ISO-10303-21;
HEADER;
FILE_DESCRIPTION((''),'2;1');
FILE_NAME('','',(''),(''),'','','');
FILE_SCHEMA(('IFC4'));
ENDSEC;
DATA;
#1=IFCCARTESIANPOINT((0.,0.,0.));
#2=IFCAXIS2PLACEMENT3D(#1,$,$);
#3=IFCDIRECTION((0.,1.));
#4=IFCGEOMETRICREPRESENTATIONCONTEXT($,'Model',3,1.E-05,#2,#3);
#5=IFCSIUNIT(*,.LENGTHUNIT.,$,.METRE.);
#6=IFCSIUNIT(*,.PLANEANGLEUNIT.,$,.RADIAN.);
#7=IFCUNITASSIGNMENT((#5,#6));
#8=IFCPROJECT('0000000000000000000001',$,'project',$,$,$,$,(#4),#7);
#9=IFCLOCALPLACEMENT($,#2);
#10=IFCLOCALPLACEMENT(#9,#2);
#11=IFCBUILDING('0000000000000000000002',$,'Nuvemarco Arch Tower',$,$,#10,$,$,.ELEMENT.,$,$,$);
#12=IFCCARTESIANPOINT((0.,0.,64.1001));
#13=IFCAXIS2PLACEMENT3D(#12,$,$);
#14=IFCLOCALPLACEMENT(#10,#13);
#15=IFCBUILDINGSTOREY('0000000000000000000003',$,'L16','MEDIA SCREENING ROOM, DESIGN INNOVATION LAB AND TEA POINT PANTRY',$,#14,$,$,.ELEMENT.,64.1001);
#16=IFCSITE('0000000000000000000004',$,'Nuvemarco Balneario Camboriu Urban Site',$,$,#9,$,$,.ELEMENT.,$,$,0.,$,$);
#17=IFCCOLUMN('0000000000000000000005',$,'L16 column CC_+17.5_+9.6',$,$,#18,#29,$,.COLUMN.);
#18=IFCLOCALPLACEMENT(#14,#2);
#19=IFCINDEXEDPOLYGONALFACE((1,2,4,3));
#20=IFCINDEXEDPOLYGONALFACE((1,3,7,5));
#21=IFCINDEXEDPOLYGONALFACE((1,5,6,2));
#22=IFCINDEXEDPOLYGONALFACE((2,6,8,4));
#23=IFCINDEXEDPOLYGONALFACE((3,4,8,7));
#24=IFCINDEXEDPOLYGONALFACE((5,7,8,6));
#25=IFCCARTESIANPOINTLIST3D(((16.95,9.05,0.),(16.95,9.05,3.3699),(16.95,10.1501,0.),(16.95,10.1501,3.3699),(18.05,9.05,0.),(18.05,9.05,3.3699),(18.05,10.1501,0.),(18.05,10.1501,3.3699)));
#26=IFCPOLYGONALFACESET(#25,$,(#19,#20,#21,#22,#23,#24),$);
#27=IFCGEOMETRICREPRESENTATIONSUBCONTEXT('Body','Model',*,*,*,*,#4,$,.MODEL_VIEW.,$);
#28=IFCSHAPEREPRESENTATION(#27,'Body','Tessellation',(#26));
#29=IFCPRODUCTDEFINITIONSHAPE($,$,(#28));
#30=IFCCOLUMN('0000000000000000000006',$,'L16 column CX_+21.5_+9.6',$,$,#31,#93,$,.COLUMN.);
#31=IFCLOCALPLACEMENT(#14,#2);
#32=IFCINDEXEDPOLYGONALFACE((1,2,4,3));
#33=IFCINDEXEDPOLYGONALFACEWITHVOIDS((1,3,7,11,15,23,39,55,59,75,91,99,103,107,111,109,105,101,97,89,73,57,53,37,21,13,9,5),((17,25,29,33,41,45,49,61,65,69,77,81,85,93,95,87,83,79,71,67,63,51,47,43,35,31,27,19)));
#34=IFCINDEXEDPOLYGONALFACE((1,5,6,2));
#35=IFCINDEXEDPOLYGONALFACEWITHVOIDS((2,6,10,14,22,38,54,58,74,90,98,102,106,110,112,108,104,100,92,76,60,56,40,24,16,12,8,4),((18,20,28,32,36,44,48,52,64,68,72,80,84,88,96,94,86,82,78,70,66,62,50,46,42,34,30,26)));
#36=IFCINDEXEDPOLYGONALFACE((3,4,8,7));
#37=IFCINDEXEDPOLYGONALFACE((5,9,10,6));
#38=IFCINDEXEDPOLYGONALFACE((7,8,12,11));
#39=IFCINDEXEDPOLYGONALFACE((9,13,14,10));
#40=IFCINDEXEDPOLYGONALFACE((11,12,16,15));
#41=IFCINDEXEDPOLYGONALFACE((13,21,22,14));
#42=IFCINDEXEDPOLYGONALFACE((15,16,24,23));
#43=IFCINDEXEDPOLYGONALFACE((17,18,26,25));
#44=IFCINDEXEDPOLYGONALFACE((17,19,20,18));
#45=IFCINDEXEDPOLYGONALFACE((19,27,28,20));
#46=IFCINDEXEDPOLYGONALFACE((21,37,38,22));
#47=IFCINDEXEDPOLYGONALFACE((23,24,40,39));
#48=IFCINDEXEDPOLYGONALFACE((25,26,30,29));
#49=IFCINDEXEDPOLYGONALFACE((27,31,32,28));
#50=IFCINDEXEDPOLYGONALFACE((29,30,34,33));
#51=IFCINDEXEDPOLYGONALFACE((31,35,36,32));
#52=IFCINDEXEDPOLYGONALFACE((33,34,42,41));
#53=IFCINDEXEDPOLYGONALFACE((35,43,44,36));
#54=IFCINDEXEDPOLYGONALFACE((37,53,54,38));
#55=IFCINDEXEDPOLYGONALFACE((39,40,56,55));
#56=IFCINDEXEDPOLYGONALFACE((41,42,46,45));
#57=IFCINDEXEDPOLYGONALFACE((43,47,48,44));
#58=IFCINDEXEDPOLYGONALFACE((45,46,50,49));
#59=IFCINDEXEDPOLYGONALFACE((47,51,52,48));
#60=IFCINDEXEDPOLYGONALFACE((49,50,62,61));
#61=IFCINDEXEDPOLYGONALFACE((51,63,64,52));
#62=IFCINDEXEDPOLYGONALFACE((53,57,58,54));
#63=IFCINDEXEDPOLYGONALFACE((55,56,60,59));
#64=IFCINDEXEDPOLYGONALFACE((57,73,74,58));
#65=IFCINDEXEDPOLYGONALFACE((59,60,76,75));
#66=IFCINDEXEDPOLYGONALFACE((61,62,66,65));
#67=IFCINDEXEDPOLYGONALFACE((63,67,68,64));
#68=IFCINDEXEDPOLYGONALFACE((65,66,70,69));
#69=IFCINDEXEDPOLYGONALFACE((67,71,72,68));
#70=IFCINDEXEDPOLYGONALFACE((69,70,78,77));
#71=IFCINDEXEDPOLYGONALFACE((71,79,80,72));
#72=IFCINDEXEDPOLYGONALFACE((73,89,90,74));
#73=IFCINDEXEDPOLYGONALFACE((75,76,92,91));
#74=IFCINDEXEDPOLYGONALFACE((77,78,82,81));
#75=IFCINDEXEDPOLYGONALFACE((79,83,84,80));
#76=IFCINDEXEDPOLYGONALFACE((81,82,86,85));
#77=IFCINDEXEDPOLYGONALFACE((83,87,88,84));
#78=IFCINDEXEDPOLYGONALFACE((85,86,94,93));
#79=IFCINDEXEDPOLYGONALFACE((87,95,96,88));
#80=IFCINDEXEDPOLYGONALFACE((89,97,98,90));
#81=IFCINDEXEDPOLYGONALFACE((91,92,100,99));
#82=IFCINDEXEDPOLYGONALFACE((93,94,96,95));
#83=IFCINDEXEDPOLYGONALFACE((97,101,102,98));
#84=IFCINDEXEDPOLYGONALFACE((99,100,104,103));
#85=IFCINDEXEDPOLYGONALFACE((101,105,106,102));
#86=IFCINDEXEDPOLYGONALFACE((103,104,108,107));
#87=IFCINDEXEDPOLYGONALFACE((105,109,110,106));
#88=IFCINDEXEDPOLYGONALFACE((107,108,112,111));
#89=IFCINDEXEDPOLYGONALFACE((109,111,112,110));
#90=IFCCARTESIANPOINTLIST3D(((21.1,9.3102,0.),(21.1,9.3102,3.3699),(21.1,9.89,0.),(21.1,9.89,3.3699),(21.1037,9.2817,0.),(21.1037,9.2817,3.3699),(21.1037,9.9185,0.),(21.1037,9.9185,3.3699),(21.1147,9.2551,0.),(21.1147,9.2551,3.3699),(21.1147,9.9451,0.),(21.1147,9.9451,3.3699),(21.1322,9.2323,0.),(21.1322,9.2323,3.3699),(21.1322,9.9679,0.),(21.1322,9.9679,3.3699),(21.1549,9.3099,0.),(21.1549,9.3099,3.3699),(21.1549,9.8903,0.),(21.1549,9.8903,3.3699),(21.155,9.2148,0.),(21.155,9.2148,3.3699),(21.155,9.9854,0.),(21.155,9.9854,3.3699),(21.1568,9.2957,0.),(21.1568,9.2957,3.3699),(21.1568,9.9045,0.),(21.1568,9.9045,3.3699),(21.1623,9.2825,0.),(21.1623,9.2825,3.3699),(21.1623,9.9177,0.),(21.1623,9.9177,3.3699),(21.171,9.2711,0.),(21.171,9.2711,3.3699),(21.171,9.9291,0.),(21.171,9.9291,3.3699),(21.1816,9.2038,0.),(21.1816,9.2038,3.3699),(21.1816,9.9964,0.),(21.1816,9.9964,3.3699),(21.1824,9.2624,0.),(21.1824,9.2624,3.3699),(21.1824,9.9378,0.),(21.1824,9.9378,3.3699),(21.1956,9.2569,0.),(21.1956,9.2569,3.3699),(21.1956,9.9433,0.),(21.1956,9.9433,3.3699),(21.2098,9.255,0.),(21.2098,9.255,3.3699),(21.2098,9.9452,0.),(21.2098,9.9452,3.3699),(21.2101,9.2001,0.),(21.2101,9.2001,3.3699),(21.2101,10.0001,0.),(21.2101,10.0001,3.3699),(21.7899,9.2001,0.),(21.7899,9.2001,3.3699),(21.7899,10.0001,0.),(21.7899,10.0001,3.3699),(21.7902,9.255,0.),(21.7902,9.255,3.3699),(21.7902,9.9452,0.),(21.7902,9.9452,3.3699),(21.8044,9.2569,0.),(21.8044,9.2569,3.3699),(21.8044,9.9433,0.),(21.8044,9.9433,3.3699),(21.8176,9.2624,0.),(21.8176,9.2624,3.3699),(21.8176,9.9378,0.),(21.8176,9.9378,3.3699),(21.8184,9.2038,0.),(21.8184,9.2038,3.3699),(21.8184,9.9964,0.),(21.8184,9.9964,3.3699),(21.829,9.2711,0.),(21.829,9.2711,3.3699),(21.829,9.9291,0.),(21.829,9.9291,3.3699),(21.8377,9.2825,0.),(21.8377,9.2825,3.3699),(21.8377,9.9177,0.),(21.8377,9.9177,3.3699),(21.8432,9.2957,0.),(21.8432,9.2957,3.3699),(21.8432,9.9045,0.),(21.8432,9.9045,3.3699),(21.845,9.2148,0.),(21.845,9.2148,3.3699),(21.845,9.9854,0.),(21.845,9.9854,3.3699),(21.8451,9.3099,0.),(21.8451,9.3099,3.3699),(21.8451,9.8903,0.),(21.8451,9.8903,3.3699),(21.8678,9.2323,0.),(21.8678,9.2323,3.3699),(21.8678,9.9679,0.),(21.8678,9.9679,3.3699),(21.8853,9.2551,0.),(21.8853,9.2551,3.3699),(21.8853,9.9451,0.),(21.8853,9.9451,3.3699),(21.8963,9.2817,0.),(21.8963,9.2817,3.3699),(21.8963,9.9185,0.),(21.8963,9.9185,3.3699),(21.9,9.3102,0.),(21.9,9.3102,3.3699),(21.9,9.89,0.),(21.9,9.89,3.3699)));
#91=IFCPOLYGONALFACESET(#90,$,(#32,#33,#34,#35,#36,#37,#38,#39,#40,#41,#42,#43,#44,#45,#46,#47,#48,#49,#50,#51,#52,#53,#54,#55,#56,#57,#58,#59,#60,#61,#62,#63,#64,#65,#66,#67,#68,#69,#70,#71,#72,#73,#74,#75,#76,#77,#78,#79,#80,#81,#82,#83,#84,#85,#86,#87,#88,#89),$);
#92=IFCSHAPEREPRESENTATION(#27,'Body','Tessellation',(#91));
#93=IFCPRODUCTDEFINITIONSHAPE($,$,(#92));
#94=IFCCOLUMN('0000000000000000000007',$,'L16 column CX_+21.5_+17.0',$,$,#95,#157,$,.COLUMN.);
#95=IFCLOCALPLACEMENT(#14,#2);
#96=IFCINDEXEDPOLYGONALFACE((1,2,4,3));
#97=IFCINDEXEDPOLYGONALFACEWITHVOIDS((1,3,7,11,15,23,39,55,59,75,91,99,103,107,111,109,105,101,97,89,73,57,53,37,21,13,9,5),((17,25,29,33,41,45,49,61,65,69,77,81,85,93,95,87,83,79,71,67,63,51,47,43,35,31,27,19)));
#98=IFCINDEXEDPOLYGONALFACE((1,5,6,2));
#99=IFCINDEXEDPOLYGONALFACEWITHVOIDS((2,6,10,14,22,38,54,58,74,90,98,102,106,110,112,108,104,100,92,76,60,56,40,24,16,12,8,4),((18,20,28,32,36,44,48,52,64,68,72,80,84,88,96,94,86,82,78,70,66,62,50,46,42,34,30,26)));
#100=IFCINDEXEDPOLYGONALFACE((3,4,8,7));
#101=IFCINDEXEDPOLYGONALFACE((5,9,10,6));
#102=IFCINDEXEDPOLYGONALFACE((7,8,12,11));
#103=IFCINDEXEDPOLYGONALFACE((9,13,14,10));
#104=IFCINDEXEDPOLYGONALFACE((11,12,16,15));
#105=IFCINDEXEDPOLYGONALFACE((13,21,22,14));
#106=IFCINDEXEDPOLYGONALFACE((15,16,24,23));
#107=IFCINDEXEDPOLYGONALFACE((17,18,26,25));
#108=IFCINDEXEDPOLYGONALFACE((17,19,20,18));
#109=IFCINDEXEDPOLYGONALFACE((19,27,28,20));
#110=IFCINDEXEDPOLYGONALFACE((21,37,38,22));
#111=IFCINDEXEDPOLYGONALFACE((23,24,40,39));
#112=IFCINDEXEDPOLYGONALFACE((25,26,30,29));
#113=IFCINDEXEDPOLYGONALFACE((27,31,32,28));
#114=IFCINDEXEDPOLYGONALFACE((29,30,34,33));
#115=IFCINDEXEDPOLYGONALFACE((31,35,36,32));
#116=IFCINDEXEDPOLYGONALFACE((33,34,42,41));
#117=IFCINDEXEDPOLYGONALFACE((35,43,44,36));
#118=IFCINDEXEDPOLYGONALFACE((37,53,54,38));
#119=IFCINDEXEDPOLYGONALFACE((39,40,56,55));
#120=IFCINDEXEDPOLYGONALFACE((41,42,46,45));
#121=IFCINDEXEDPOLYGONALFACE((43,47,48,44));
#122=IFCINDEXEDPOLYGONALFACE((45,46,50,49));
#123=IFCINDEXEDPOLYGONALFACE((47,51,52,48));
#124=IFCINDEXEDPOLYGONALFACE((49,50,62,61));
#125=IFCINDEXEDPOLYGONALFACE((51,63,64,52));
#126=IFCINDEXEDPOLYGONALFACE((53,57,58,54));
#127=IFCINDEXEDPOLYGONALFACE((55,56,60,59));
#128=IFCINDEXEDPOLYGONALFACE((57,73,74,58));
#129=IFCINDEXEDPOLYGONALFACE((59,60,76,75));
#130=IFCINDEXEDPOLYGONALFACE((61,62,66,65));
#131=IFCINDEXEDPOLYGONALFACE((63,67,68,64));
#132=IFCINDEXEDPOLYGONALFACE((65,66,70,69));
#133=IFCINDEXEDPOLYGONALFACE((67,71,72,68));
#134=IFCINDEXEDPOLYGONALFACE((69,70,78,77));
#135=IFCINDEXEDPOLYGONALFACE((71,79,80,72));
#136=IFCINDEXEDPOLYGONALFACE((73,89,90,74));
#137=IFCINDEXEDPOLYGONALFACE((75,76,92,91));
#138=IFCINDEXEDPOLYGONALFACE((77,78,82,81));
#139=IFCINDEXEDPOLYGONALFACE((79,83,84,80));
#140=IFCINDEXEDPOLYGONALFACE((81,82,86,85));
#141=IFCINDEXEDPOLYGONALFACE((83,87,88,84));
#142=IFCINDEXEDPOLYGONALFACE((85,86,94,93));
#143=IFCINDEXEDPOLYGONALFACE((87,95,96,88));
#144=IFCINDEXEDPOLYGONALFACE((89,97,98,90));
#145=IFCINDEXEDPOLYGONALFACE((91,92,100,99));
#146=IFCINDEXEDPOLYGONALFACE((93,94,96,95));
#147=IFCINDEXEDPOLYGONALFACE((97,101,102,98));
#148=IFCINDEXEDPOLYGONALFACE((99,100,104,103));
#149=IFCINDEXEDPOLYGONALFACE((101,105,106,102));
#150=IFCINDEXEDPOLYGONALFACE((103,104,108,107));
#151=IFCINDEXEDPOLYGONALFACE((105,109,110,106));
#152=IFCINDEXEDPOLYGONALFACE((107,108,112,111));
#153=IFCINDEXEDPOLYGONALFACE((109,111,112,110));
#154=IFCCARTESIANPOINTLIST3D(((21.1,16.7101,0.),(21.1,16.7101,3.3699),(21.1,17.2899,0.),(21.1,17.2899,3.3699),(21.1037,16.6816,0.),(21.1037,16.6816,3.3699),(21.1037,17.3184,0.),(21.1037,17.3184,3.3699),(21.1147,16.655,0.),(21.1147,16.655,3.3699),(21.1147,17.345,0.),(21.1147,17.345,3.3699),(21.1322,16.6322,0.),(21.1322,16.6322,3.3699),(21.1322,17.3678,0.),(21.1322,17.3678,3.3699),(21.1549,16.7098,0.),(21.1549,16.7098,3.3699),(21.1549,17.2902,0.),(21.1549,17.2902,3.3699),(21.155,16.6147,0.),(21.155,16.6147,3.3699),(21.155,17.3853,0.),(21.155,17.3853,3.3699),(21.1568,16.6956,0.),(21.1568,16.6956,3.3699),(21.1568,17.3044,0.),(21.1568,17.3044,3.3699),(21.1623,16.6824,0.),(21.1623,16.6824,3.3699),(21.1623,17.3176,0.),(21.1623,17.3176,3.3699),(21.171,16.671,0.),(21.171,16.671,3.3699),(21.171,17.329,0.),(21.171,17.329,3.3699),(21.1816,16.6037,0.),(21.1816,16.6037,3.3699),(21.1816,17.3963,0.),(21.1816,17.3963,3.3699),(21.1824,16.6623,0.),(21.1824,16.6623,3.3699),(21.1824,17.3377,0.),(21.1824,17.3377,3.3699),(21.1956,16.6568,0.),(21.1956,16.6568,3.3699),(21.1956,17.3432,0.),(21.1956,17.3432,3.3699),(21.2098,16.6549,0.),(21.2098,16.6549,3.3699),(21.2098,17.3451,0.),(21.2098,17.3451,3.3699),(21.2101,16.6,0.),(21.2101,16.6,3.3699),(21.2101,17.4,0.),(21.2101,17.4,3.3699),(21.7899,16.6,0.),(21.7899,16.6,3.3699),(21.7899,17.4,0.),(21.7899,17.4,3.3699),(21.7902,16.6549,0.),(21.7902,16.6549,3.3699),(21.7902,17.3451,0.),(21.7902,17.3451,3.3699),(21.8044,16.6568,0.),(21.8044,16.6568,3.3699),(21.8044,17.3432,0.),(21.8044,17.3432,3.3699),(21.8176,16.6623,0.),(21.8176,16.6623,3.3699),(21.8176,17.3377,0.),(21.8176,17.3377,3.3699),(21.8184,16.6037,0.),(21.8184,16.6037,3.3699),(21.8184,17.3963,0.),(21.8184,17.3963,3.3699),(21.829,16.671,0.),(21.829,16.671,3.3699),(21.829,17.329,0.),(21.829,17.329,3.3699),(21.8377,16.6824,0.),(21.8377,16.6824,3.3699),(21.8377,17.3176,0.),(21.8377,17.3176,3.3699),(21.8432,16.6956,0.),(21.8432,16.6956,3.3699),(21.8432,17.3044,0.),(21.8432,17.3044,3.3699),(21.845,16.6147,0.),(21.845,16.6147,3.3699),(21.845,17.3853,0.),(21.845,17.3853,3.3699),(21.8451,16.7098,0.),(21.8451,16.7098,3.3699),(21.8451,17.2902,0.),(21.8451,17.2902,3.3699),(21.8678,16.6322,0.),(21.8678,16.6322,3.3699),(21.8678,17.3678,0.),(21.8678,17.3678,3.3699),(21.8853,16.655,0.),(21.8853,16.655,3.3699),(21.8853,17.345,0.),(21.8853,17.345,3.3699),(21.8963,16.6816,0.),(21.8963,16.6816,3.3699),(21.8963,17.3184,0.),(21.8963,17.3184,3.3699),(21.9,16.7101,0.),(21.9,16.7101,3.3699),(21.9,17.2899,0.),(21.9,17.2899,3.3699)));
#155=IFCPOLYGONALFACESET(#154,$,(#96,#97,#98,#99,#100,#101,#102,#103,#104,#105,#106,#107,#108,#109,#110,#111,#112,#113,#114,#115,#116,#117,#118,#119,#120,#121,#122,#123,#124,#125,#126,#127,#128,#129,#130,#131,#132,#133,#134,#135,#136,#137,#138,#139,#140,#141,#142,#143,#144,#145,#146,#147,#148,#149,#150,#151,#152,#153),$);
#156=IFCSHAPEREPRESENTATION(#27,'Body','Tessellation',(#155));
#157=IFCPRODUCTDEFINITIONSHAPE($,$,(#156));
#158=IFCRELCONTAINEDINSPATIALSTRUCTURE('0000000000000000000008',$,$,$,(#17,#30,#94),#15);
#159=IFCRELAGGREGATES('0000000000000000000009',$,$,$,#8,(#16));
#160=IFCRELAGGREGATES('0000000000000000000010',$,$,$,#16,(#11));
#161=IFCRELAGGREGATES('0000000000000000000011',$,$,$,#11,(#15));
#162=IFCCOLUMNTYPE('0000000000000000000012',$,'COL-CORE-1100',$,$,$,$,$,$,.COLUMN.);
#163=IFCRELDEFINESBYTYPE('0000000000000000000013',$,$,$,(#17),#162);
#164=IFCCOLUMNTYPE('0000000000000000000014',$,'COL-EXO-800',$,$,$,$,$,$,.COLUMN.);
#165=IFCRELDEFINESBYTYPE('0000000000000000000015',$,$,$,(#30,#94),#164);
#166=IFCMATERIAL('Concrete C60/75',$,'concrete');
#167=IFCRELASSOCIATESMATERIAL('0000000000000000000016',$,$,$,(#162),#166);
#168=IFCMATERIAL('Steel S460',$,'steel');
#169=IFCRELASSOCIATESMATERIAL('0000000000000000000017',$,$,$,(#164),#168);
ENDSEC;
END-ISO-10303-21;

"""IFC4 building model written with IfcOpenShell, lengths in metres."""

from ifc_helpers import new_model, si_unit, direction, frame, origin, origin_2d, place, context, subcontext, project, spatial, rectangle, hollow_rectangle, extrude, material, material_profile, profile_set, type_object, element, save


model = new_model("IFC4")

# Units and contexts
model_context = context("Model", 3, precision=1e-05, world=origin(), true_north=direction((0.0, 1.0)))
body_context = subcontext(model_context, "Body", "Model", "MODEL_VIEW")
ifc_project = project(units=[si_unit("LENGTHUNIT", "METRE"), si_unit("PLANEANGLEUNIT", "RADIAN")], contexts=[model_context])

# Site, building, storey
site_placement = place(None, origin())
site = spatial("IfcSite", under=ifc_project, at=site_placement, Name="Nuvemarco Balneario Camboriu Urban Site", CompositionType="ELEMENT", RefElevation=0.0)
building_placement = place(site_placement, origin())
building = spatial("IfcBuilding", under=site, at=building_placement, Name="Nuvemarco Arch Tower", CompositionType="ELEMENT")
storey_placement = place(building_placement, frame((0.0, 0.0, 64.1001)))
storey = spatial("IfcBuildingStorey", under=building, at=storey_placement, Name="L16", Description="MEDIA SCREENING ROOM, DESIGN INNOVATION LAB AND TEA POINT PANTRY", CompositionType="ELEMENT", Elevation=64.1001)

# Columns
ifc_material_1 = material(Name="Concrete C60/75", Category="concrete")
ifc_material_profile_1 = material_profile(ifc_material_1, rectangle(XDim=1.1001, YDim=1.1001, at=origin_2d()), Name="RC-COL-1100x1100")
ifc_profile_set_1 = profile_set([ifc_material_profile_1], Name="Concrete C60/75")
column_type_1 = type_object("IfcColumnType", Name="COL-CORE-1100", PredefinedType="COLUMN", material=ifc_profile_set_1)
column_1_placement = place(storey_placement, frame((17.5, 9.6001, 0.0), z_axis=(0.0, 0.0, 1.0), x_axis=(1.0, 0.0, 0.0)))
element("IfcColumn", 1, at=column_1_placement, inside=storey, type_object=column_type_1, Name="L16 column CC_+17.5_+9.6", PredefinedType="COLUMN", context=body_context, shape_type="SweptSolid", body=[
    extrude(rectangle(XDim=1.1001, YDim=1.1001, at=origin_2d()), origin(), (0.0, 0.0, 1.0), 3.3699),
])
ifc_material_2 = material(Name="Steel S460", Category="steel")
ifc_material_profile_2 = material_profile(ifc_material_2, hollow_rectangle(XDim=0.8, YDim=0.8, WallThickness=0.0549, InnerFilletRadius=0.0549, OuterFilletRadius=0.1101, at=origin_2d()), Name="SHS800x800x55")
ifc_profile_set_2 = profile_set([ifc_material_profile_2], Name="Steel S460")
column_type_2 = type_object("IfcColumnType", Name="COL-EXO-800", PredefinedType="COLUMN", material=ifc_profile_set_2)
for number, where, z_axis, x_axis, name in (
    (2, (21.5, 9.6001, 0.0), (0.0, 0.0, 1.0), (1.0, 0.0, 0.0), "L16 column CX_+21.5_+9.6"),
    (3, (21.5, 17.0, 0.0), (0.0, 0.0, 1.0), (1.0, 0.0, 0.0), "L16 column CX_+21.5_+17.0"),
):
    element("IfcColumn", number, at=place(storey_placement, frame(where, z_axis=z_axis, x_axis=x_axis)), inside=storey, type_object=column_type_2, Name=name, PredefinedType="COLUMN", context=body_context, shape_type="SweptSolid", body=[
        extrude(hollow_rectangle(XDim=0.8, YDim=0.8, WallThickness=0.0549, InnerFilletRadius=0.0549, OuterFilletRadius=0.1101, at=origin_2d()), origin(), (0.0, 0.0, 1.0), 3.3699),
    ])

save(model, "model.ifc")
